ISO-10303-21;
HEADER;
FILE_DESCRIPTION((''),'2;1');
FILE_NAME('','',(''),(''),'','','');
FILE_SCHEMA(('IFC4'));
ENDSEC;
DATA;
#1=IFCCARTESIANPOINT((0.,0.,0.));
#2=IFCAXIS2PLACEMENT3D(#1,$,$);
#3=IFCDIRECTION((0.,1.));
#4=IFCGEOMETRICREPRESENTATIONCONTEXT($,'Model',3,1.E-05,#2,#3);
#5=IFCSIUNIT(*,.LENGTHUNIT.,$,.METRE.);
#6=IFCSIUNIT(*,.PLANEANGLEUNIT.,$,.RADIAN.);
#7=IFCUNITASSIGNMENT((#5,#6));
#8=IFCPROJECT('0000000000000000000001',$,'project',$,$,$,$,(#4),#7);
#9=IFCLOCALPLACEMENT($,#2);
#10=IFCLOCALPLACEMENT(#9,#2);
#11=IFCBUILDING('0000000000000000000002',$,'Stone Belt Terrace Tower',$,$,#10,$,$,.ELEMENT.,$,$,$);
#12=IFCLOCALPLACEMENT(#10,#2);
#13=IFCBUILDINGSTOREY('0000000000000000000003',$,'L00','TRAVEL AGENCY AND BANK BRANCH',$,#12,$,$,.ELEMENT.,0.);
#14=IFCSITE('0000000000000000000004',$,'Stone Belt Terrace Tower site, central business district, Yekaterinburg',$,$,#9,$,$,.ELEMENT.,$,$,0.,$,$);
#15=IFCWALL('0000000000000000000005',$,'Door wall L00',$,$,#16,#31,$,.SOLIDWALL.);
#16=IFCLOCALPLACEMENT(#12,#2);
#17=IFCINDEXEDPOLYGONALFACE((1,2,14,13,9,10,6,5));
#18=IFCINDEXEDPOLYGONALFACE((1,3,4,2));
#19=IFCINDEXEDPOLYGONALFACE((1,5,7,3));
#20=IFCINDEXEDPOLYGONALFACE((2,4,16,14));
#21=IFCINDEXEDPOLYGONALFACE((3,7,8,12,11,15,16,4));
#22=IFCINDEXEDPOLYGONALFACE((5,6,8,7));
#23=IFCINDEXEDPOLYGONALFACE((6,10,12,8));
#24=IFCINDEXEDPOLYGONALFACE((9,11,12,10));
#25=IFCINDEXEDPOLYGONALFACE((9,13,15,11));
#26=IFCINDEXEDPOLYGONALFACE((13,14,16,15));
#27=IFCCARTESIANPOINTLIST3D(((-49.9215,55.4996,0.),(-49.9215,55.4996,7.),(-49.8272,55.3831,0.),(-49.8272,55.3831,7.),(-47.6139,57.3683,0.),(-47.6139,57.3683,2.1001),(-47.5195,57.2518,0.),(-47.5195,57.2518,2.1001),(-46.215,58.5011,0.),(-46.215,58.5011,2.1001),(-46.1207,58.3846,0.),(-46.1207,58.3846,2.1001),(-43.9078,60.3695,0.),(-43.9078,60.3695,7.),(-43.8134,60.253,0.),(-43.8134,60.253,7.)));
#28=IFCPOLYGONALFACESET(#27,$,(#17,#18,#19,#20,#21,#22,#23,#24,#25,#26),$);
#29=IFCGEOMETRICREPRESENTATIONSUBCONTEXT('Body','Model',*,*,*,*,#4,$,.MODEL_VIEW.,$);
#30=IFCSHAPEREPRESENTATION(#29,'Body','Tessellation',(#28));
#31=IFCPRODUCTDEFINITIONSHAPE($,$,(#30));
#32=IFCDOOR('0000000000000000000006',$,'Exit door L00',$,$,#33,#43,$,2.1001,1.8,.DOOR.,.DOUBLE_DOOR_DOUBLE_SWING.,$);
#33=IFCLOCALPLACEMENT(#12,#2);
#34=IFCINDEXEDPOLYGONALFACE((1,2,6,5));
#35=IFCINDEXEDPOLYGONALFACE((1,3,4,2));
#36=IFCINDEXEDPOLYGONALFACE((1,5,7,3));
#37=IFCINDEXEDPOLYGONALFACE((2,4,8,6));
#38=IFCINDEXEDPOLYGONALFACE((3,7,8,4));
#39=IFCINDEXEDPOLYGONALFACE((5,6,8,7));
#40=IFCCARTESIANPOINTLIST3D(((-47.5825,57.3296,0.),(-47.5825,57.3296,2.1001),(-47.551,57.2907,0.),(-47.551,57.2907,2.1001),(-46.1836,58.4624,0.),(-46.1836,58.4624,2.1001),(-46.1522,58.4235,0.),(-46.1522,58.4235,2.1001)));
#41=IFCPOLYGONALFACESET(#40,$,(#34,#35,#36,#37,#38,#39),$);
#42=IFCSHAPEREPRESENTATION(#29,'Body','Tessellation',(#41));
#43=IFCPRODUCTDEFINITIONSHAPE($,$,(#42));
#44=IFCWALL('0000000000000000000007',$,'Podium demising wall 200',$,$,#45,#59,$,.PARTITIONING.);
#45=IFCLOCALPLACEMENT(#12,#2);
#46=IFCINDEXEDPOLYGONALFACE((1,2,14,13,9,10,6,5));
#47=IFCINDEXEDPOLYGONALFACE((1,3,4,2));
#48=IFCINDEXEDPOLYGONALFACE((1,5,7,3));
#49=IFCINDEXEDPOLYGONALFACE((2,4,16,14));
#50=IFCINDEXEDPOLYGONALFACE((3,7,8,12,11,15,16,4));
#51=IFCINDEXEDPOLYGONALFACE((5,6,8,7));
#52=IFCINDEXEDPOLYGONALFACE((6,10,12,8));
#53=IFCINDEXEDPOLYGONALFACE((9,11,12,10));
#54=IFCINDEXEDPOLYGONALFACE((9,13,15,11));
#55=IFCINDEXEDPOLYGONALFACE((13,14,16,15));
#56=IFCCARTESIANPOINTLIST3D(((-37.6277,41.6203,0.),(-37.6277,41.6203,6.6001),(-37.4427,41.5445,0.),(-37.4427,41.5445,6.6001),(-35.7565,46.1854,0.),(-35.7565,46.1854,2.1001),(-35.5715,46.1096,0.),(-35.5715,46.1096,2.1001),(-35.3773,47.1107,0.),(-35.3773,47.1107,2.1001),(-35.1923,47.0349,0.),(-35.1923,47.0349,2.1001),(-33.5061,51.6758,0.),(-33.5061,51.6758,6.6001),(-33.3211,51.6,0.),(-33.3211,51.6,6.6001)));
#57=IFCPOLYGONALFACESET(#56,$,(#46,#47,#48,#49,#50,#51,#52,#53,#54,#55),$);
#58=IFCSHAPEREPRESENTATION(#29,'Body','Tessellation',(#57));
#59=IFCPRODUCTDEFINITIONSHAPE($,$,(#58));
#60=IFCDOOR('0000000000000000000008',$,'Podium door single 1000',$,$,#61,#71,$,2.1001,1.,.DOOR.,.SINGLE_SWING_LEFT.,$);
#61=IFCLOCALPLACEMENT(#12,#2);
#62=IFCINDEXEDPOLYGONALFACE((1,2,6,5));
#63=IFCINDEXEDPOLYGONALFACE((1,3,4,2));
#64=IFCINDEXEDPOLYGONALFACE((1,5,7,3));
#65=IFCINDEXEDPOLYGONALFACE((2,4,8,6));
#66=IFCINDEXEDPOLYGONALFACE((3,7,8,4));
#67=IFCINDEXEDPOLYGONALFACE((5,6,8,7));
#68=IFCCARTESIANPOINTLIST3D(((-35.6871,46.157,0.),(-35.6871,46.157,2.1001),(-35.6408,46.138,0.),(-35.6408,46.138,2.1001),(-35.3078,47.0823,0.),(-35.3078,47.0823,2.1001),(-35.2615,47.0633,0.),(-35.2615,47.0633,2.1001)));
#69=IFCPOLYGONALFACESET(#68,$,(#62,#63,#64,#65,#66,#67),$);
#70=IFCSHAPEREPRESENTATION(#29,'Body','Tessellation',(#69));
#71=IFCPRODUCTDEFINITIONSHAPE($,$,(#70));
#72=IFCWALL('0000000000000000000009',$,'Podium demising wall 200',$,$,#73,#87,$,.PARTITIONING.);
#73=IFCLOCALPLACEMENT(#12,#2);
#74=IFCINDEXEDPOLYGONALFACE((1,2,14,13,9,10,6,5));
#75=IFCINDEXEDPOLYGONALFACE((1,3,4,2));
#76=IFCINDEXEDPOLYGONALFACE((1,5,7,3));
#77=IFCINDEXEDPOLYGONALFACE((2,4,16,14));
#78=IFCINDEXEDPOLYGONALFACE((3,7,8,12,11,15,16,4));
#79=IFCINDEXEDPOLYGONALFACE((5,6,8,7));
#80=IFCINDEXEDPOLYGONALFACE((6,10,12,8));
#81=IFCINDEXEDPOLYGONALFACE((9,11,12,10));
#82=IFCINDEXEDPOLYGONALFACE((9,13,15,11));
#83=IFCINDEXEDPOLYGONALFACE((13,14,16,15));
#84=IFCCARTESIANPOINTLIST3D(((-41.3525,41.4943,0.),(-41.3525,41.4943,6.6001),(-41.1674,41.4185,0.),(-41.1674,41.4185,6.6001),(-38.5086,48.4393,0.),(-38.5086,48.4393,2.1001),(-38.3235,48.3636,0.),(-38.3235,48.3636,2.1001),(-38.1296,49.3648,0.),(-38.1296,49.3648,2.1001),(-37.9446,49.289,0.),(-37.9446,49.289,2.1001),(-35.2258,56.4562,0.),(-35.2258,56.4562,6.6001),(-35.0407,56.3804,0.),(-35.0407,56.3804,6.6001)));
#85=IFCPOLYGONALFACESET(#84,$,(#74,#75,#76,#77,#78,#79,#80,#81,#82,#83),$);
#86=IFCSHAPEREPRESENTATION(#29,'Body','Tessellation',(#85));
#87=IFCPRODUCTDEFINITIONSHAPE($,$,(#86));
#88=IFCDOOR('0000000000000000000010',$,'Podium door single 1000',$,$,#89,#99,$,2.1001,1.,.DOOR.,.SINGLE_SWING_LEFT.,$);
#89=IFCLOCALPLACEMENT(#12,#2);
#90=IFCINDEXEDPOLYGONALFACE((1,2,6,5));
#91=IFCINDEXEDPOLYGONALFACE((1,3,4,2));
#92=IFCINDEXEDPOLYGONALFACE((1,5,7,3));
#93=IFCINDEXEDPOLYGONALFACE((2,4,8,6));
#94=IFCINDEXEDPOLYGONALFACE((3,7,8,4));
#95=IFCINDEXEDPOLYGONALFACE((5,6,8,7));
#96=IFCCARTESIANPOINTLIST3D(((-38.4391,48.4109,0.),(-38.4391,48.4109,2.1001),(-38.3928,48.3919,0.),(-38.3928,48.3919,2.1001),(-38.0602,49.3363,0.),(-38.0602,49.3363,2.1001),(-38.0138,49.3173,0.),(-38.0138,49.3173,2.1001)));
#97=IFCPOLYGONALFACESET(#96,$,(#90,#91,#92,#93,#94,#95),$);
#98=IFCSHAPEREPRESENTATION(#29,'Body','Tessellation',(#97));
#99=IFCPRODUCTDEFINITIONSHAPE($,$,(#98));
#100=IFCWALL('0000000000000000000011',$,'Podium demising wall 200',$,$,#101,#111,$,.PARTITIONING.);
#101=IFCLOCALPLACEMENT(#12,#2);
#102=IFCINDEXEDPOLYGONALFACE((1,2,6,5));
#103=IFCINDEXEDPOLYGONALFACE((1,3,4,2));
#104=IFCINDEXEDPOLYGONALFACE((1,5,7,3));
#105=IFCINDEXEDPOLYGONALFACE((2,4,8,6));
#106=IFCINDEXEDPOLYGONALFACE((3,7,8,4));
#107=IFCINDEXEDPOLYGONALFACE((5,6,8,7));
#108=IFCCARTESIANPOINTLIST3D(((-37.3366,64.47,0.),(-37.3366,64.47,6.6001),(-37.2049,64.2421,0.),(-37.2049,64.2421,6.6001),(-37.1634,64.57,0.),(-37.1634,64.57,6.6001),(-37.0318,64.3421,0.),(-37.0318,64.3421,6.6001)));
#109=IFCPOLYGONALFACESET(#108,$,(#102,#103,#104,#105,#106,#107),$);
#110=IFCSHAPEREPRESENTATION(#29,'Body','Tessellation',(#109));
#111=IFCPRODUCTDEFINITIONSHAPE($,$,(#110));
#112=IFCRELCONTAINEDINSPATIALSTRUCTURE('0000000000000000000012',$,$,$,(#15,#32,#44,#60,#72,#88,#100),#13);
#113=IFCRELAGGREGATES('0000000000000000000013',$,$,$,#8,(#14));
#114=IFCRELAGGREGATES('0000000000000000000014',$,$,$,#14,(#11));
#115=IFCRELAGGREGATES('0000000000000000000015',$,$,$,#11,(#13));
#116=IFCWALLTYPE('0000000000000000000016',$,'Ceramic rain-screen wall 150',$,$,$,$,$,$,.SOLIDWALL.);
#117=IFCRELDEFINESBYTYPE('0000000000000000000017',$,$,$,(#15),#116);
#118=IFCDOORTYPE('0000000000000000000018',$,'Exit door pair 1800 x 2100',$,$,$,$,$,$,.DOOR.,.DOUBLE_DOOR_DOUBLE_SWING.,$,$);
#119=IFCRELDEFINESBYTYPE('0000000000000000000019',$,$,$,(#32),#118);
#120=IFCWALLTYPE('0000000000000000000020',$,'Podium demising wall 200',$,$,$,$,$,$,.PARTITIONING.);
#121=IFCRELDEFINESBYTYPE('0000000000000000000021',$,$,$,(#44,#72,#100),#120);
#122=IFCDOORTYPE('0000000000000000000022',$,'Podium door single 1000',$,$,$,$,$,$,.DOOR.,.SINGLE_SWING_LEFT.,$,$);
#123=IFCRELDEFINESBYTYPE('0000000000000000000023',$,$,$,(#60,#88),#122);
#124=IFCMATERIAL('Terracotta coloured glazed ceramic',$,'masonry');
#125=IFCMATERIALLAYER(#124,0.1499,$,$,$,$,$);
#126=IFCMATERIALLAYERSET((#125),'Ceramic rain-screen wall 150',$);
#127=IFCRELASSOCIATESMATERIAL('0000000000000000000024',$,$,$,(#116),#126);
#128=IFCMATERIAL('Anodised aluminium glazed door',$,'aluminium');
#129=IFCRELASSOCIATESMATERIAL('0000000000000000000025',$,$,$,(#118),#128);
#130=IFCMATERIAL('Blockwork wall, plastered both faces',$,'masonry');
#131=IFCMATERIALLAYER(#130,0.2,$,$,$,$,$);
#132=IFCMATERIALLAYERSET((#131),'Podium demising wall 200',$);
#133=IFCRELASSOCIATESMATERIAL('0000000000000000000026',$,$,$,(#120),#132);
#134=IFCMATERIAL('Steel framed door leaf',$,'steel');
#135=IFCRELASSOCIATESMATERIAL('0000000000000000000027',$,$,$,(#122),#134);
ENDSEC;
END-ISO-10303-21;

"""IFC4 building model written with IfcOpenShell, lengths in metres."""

from ifc_helpers import new_model, si_unit, direction, frame, frame_2d, origin, place, context, subcontext, project, spatial, rectangle, extrude, material, layer, layer_set, type_object, element, fill, save


model = new_model("IFC4")

# Units and contexts
model_context = context("Model", 3, precision=1e-05, world=origin(), true_north=direction((0.0, 1.0)))
body_context = subcontext(model_context, "Body", "Model", "MODEL_VIEW")
ifc_project = project(units=[si_unit("LENGTHUNIT", "METRE"), si_unit("PLANEANGLEUNIT", "RADIAN")], contexts=[model_context])

# Site, building, storey
site_placement = place(None, origin())
site = spatial("IfcSite", under=ifc_project, at=site_placement, Name="Stone Belt Terrace Tower site, central business district, Yekaterinburg", CompositionType="ELEMENT", RefElevation=0.0)
building_placement = place(site_placement, origin())
building = spatial("IfcBuilding", under=site, at=building_placement, Name="Stone Belt Terrace Tower", CompositionType="ELEMENT")
storey_placement = place(building_placement, origin())
storey = spatial("IfcBuildingStorey", under=building, at=storey_placement, Name="L00", Description="TRAVEL AGENCY AND BANK BRANCH", CompositionType="ELEMENT", Elevation=0.0)

# Walls, openings, doors
ifc_material_1 = material(Name="Terracotta coloured glazed ceramic", Category="masonry")
ifc_layer_1 = layer(ifc_material_1, 0.1499)
ifc_layer_set_1 = layer_set([ifc_layer_1], Name="Ceramic rain-screen wall 150")
wall_type_1 = type_object("IfcWallType", Name="Ceramic rain-screen wall 150", PredefinedType="SOLIDWALL", material=ifc_layer_set_1)
ifc_material_2 = material(Name="Anodised aluminium glazed door", Category="aluminium")
door_type_1 = type_object("IfcDoorType", Name="Exit door pair 1800 x 2100", OperationType="DOUBLE_DOOR_DOUBLE_SWING", PredefinedType="DOOR", material=ifc_material_2)
wall_1_placement = place(storey_placement, frame((-43.8606, 60.3113, 0.0), z_axis=(0.0, 0.0, 1.0), x_axis=(-0.77714, -0.629328, 0.0)))
wall_1 = element("IfcWall", 1, at=wall_1_placement, inside=storey, type_object=wall_type_1, Name="Door wall L00", PredefinedType="SOLIDWALL", context=body_context, shape_type="SweptSolid", body=[
    extrude(rectangle(XDim=7.7383, YDim=0.1499, at=frame_2d((3.8691, 0.0))), origin(), (0.0, 0.0, 1.0), 7.0),
])
opening_1_placement = place(wall_1_placement, frame((2.969, 0.0, 0.0)))
opening_1 = element("IfcOpeningElement", 2, at=opening_1_placement, cuts=wall_1, PredefinedType="OPENING", context=body_context, shape_type="SweptSolid", body=[
    extrude(rectangle(XDim=1.8, YDim=2.1001, at=frame_2d((0.8999, 1.05))), frame((0.0, 0.085, 0.0), z_axis=(0.0, -1.0, 0.0), x_axis=(1.0, 0.0, 0.0)), (0.0, 0.0, 1.0), 0.1699),
])
door_1_placement = place(opening_1_placement, origin())
door_1 = element("IfcDoor", 3, at=door_1_placement, inside=storey, type_object=door_type_1, Name="Exit door L00", OperationType="DOUBLE_DOOR_DOUBLE_SWING", OverallHeight=2.1001, OverallWidth=1.8, PredefinedType="DOOR", context=body_context, shape_type="SweptSolid", body=[
    extrude(rectangle(XDim=1.8, YDim=2.1001, at=frame_2d((0.8999, 1.05))), frame((0.0, 0.0249, 0.0), z_axis=(0.0, -1.0, 0.0), x_axis=(1.0, 0.0, 0.0)), (0.0, 0.0, 1.0), 0.05),
])
fill(opening_1, door_1)
ifc_material_3 = material(Name="Blockwork wall, plastered both faces", Category="masonry")
ifc_layer_2 = layer(ifc_material_3, 0.2)
ifc_layer_set_2 = layer_set([ifc_layer_2], Name="Podium demising wall 200")
wall_type_2 = type_object("IfcWallType", Name="Podium demising wall 200", PredefinedType="PARTITIONING", material=ifc_layer_set_2)
wall_2_placement = place(storey_placement, frame((-37.5352, 41.5825, 0.0), z_axis=(0.0, 0.0, 1.0), x_axis=(0.379263, 0.925289, 0.0)))
wall_2 = element("IfcWall", 4, at=wall_2_placement, inside=storey, type_object=wall_type_2, Name="Podium demising wall 200", PredefinedType="PARTITIONING", context=body_context, shape_type="SweptSolid", body=[
    extrude(rectangle(XDim=10.8674, YDim=0.2, at=frame_2d((5.4336, 0.0))), origin(), (0.0, 0.0, 1.0), 6.6001),
])
opening_2_placement = place(wall_2_placement, frame((4.9336, 0.0, 0.0)))
opening_2 = element("IfcOpeningElement", 5, at=opening_2_placement, cuts=wall_2, PredefinedType="OPENING", context=body_context, shape_type="SweptSolid", body=[
    extrude(rectangle(XDim=1.0, YDim=2.1001, at=frame_2d((0.5, 1.05))), frame((0.0, 0.1099, 0.0), z_axis=(0.0, -1.0, 0.0), x_axis=(1.0, 0.0, 0.0)), (0.0, 0.0, 1.0), 0.22),
])
ifc_material_4 = material(Name="Steel framed door leaf", Category="steel")
door_type_2 = type_object("IfcDoorType", Name="Podium door single 1000", OperationType="SINGLE_SWING_LEFT", PredefinedType="DOOR", material=ifc_material_4)
door_2_placement = place(opening_2_placement, origin())
door_2 = element("IfcDoor", 6, at=door_2_placement, inside=storey, type_object=door_type_2, Name="Podium door single 1000", OperationType="SINGLE_SWING_LEFT", OverallHeight=2.1001, OverallWidth=1.0, PredefinedType="DOOR", context=body_context, shape_type="SweptSolid", body=[
    extrude(rectangle(XDim=1.0, YDim=2.1001, at=frame_2d((0.5, 1.05))), frame((0.0, 0.0249, 0.0), z_axis=(0.0, -1.0, 0.0), x_axis=(1.0, 0.0, 0.0)), (0.0, 0.0, 1.0), 0.05),
])
fill(opening_2, door_2)
wall_3_placement = place(storey_placement, frame((-41.26, 41.4563, 0.0), z_axis=(0.0, 0.0, 1.0), x_axis=(0.378947, 0.925418, 0.0)))
wall_3 = element("IfcWall", 7, at=wall_3_placement, inside=storey, type_object=wall_type_2, Name="Podium demising wall 200", PredefinedType="PARTITIONING", context=body_context, shape_type="SweptSolid", body=[
    extrude(rectangle(XDim=16.1677, YDim=0.2, at=frame_2d((8.084, 0.0))), origin(), (0.0, 0.0, 1.0), 6.6001),
])
opening_3_placement = place(wall_3_placement, frame((7.5049, 0.0, 0.0)))
opening_3 = element("IfcOpeningElement", 8, at=opening_3_placement, cuts=wall_3, PredefinedType="OPENING", context=body_context, shape_type="SweptSolid", body=[
    extrude(rectangle(XDim=1.0, YDim=2.1001, at=frame_2d((0.5, 1.05))), frame((0.0, 0.1099, 0.0), z_axis=(0.0, -1.0, 0.0), x_axis=(1.0, 0.0, 0.0)), (0.0, 0.0, 1.0), 0.22),
])
door_3_placement = place(opening_3_placement, origin())
door_3 = element("IfcDoor", 9, at=door_3_placement, inside=storey, type_object=door_type_2, Name="Podium door single 1000", OperationType="SINGLE_SWING_LEFT", OverallHeight=2.1001, OverallWidth=1.0, PredefinedType="DOOR", context=body_context, shape_type="SweptSolid", body=[
    extrude(rectangle(XDim=1.0, YDim=2.1001, at=frame_2d((0.5, 1.05))), frame((0.0, 0.0249, 0.0), z_axis=(0.0, -1.0, 0.0), x_axis=(1.0, 0.0, 0.0)), (0.0, 0.0, 1.0), 0.05),
])
fill(opening_3, door_3)

# Wall
wall_4_placement = place(storey_placement, frame((-37.25, 64.52, 0.0), z_axis=(0.0, 0.0, 1.0), x_axis=(0.500231, -0.865892, 0.0)))
element("IfcWall", 10, at=wall_4_placement, inside=storey, type_object=wall_type_2, Name="Podium demising wall 200", PredefinedType="PARTITIONING", context=body_context, shape_type="SweptSolid", body=[
    extrude(rectangle(XDim=0.2632, YDim=0.2, at=frame_2d((0.1316, 0.0))), origin(), (0.0, 0.0, 1.0), 6.6001),
])

save(model, "model.ifc")
